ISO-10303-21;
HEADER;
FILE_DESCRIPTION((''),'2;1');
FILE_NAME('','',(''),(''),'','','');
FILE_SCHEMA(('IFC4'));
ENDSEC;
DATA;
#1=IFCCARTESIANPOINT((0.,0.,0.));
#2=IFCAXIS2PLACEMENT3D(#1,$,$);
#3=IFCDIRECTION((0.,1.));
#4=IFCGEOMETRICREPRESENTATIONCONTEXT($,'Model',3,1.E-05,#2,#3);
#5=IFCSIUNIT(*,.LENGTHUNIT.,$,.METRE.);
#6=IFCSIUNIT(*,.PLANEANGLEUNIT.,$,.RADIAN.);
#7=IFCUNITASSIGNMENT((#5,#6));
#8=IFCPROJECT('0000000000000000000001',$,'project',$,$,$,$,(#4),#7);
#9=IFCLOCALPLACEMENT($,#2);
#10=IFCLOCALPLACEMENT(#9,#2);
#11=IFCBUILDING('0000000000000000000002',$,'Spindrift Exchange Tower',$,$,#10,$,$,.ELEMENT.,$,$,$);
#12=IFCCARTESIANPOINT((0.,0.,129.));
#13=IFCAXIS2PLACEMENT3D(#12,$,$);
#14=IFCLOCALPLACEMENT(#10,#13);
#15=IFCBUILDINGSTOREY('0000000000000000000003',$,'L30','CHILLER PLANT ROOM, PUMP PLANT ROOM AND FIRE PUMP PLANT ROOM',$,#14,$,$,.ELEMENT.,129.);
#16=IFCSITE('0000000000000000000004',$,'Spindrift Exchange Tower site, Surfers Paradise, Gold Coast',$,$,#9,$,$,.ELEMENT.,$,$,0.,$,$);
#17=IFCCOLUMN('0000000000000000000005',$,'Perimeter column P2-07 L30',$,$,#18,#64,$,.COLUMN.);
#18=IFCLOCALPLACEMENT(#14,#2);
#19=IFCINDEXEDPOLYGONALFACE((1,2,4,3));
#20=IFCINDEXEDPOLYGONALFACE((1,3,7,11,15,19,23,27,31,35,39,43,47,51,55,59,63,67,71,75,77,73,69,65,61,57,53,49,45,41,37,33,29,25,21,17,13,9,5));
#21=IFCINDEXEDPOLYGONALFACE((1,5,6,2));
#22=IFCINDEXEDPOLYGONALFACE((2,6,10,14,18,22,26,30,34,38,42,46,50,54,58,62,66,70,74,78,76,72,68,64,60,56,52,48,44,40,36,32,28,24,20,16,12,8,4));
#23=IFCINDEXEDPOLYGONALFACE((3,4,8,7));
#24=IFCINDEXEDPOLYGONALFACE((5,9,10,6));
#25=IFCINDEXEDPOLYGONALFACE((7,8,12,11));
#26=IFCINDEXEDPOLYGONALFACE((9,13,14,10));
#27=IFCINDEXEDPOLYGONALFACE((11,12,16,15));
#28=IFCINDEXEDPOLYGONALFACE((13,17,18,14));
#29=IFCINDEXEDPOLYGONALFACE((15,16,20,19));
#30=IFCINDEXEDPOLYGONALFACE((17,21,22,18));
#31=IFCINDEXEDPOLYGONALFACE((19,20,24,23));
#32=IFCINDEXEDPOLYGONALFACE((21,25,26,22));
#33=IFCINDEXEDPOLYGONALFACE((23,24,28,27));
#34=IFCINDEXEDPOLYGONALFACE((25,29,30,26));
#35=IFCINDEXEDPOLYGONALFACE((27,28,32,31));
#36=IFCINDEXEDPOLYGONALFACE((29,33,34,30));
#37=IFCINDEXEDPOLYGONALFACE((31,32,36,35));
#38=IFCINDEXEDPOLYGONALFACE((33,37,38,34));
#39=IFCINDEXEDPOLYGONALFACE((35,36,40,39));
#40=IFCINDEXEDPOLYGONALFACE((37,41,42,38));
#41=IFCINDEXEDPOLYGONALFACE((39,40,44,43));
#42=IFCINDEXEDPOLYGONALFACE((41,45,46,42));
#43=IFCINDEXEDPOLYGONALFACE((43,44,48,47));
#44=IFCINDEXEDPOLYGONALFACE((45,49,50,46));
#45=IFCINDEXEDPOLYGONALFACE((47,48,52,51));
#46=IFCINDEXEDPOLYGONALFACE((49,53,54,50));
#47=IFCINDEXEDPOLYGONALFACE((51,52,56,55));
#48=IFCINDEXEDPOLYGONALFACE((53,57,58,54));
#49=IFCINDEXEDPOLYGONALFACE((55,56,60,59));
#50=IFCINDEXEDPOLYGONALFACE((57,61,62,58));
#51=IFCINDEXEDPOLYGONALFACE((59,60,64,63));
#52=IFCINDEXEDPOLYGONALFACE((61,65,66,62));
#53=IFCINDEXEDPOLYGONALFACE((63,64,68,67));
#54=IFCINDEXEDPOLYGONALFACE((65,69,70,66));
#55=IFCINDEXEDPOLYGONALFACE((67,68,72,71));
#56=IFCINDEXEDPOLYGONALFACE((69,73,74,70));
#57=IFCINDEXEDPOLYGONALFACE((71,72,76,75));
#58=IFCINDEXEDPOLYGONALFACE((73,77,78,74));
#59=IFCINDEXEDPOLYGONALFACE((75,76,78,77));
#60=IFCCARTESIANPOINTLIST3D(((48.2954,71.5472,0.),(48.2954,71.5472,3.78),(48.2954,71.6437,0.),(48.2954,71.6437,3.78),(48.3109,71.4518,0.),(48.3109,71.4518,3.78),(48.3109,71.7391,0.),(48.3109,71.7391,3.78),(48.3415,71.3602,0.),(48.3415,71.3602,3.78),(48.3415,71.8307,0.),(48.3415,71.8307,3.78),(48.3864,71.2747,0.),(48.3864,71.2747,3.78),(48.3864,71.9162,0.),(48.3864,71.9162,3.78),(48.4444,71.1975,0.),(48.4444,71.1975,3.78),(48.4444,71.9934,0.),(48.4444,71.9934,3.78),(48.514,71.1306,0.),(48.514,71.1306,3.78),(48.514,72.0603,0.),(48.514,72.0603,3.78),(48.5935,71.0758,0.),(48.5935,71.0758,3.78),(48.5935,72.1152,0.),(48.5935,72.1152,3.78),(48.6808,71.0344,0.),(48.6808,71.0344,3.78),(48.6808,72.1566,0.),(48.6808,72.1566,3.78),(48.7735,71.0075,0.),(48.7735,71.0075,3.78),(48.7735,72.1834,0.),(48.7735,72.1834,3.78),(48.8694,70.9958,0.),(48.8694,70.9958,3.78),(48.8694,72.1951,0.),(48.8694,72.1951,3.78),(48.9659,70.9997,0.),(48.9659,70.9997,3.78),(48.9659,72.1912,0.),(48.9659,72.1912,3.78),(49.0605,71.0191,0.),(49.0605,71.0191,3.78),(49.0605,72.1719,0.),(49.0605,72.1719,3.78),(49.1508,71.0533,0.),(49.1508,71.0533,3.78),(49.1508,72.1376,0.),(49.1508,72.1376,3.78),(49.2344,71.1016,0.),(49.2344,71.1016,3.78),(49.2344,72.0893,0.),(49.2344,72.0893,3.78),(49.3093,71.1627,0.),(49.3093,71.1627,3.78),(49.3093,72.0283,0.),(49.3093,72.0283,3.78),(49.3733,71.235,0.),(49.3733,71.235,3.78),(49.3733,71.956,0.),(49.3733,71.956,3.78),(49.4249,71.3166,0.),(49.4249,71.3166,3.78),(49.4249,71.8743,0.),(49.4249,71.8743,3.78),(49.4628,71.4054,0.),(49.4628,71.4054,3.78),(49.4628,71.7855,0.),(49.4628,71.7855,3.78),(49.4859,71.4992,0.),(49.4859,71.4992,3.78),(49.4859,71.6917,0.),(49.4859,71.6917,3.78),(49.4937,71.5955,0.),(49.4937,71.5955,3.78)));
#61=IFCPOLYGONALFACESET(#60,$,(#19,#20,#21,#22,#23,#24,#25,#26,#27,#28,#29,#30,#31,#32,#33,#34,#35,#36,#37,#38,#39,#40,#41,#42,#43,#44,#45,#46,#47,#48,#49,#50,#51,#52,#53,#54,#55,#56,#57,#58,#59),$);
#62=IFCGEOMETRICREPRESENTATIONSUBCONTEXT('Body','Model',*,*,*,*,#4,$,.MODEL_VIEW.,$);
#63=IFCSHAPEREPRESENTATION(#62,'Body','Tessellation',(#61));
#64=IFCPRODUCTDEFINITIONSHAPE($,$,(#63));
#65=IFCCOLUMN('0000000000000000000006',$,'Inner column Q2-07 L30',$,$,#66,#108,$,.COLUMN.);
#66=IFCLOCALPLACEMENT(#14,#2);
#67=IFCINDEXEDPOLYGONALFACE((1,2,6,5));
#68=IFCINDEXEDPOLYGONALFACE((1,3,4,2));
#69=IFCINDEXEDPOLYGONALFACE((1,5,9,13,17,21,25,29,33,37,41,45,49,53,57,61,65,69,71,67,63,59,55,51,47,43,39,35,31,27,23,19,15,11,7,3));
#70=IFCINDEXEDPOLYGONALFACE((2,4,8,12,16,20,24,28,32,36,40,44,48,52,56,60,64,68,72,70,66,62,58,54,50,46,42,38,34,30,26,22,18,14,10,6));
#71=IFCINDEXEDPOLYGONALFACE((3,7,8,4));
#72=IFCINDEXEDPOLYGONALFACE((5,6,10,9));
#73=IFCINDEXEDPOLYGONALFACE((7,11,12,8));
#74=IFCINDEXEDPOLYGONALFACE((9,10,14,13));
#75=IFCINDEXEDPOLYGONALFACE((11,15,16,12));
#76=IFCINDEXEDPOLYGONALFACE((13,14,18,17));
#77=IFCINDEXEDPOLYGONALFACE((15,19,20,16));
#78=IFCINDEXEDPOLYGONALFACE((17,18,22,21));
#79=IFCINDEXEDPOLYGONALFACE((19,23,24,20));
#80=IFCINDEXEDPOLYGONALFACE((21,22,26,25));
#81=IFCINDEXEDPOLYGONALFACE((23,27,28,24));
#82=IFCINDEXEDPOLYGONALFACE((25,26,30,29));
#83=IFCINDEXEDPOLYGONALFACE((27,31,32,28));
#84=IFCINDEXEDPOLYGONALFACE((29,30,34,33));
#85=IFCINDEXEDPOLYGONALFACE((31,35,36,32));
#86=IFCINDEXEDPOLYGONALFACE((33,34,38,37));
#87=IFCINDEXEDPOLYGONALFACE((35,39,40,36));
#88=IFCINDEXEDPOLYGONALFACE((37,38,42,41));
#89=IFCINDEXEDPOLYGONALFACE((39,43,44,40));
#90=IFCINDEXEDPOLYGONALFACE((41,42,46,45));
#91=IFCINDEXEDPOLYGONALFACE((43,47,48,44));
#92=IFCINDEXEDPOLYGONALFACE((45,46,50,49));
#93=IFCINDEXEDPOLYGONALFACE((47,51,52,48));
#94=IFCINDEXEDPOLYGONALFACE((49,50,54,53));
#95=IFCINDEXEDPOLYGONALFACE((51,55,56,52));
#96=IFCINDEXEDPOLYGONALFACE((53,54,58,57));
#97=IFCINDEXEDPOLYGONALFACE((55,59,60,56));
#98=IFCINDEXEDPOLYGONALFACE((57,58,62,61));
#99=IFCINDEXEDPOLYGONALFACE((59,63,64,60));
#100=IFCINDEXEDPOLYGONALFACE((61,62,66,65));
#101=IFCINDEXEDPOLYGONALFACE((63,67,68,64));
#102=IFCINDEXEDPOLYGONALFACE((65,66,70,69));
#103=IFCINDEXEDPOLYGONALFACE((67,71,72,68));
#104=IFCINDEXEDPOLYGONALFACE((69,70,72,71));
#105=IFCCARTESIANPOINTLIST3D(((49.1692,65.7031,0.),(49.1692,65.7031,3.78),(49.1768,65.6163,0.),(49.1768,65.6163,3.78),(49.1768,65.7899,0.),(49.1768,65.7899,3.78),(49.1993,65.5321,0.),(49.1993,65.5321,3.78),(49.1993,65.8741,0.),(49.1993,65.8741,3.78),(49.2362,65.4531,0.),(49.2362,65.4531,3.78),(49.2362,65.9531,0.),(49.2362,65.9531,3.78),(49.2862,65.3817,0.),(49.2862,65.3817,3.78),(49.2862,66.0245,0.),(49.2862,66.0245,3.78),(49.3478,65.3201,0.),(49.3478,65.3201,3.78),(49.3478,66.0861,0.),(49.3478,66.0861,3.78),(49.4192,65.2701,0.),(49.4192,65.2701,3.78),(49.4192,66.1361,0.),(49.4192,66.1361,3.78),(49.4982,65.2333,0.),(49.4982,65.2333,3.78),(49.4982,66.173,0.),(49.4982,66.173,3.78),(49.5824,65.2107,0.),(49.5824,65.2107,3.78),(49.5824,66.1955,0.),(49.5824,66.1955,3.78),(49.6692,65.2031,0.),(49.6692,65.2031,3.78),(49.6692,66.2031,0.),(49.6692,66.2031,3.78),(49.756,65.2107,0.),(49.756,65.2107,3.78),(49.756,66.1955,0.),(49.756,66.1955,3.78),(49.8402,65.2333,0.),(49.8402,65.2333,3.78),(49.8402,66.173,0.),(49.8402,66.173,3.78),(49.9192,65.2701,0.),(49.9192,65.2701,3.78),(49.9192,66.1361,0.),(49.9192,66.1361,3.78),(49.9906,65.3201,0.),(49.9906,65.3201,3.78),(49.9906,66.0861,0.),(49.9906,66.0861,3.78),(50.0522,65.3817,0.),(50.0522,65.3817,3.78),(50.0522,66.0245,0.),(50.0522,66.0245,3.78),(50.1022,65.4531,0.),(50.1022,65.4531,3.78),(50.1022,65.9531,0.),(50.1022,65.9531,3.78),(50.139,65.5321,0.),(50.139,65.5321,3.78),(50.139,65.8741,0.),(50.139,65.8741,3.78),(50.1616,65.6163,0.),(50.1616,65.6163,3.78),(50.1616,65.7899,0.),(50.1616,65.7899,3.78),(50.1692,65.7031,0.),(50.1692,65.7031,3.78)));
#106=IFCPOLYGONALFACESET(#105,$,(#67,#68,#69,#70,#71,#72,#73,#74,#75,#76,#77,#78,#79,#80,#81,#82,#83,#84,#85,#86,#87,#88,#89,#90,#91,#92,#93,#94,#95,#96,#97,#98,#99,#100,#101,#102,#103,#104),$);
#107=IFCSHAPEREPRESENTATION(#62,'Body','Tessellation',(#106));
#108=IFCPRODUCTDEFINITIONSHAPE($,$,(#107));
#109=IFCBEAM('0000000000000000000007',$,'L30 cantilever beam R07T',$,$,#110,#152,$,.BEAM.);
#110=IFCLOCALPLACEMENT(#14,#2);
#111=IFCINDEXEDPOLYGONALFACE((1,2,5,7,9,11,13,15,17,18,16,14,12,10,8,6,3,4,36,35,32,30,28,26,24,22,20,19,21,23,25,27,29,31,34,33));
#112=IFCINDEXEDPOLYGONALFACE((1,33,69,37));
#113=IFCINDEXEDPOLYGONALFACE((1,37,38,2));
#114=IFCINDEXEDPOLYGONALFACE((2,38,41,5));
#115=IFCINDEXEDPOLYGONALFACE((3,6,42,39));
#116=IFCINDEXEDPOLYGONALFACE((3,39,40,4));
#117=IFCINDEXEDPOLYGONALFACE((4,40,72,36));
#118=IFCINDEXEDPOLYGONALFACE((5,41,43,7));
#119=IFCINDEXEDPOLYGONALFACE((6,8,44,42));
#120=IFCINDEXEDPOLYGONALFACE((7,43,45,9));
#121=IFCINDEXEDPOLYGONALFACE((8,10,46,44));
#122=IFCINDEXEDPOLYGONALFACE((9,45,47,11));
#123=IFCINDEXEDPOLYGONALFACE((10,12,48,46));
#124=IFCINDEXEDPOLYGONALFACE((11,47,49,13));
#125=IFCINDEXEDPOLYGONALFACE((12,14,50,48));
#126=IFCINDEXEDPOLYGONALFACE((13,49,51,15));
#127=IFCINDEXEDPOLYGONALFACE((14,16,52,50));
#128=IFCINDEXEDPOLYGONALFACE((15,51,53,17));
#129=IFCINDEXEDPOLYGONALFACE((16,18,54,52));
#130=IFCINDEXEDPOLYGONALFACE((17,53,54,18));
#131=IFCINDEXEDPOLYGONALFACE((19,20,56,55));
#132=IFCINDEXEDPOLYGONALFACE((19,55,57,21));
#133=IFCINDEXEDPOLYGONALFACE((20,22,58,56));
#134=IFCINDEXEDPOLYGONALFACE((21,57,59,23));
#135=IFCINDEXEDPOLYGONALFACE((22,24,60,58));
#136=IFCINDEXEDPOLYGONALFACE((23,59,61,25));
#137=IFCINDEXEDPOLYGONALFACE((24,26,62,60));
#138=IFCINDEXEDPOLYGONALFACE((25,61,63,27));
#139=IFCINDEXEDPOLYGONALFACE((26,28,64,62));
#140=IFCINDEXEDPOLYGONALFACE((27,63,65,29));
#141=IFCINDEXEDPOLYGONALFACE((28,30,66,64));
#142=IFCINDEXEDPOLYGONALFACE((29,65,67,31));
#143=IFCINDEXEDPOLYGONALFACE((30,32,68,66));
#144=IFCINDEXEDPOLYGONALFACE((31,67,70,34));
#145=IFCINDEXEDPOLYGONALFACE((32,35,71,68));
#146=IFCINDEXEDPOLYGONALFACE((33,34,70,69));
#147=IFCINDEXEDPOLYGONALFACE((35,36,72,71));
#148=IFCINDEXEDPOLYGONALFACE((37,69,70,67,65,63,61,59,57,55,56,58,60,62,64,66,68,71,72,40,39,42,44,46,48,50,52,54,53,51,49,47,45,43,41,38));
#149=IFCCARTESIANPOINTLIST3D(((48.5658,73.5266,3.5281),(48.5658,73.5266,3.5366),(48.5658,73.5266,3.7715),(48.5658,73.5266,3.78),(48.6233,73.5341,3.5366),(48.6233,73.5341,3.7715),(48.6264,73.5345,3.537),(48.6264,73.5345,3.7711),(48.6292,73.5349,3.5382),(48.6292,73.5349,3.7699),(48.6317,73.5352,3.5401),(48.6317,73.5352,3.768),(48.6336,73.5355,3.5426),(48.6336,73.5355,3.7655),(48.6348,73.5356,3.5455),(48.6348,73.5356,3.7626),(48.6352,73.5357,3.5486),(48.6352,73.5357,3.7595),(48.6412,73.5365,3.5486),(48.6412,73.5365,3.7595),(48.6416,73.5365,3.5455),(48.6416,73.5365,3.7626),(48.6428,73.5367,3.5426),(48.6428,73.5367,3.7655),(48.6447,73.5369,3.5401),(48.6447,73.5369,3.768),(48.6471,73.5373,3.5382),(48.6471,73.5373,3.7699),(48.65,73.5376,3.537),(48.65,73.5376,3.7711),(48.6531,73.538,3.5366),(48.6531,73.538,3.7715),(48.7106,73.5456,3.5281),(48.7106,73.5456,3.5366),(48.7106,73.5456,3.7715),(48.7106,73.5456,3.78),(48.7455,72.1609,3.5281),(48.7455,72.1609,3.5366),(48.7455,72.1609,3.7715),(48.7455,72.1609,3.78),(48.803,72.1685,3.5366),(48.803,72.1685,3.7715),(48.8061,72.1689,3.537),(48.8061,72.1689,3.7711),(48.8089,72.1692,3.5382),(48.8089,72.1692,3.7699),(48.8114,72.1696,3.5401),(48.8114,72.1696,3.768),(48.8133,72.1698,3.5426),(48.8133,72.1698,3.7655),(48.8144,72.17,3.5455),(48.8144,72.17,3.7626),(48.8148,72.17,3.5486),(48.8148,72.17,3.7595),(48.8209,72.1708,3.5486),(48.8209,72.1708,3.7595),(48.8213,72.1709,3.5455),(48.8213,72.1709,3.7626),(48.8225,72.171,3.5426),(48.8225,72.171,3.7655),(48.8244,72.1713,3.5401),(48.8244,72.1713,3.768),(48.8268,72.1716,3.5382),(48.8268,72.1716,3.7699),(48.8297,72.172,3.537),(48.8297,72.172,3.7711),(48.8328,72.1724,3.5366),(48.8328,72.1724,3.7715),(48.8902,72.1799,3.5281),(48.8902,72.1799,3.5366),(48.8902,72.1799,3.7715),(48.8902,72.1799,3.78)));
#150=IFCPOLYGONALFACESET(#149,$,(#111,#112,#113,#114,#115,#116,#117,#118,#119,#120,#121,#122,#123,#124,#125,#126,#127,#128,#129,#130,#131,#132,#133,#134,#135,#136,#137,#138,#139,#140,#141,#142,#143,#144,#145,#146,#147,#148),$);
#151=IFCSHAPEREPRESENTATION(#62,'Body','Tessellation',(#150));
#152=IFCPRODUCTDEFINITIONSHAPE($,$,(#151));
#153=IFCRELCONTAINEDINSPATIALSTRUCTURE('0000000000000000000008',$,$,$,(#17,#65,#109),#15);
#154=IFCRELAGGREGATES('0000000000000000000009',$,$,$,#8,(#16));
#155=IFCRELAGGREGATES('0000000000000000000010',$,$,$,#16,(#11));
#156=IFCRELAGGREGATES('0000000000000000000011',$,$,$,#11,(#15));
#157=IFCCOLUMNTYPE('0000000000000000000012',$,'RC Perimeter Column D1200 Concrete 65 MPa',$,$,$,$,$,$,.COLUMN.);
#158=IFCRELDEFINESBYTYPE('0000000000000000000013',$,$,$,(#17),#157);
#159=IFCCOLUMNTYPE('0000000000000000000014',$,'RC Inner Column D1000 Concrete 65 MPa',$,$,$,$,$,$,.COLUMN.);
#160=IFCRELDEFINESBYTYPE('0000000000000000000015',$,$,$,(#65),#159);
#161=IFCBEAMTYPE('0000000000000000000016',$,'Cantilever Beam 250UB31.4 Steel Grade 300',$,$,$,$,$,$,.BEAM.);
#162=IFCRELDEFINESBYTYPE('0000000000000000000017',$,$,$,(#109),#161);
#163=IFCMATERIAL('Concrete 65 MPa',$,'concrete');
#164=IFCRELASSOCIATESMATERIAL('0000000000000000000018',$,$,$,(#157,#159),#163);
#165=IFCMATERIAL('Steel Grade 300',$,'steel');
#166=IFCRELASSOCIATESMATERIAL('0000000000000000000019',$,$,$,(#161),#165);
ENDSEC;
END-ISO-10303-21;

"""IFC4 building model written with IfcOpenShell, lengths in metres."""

from ifc_helpers import new_model, si_unit, direction, frame, origin, origin_2d, place, context, subcontext, project, spatial, circle, i_section, extrude, source, transform, mapped, material, material_profile, profile_set, type_object, element, save


model = new_model("IFC4")

# Units and contexts
model_context = context("Model", 3, precision=1e-05, world=origin(), true_north=direction((0.0, 1.0)))
body_context = subcontext(model_context, "Body", "Model", "MODEL_VIEW")
ifc_project = project(units=[si_unit("LENGTHUNIT", "METRE"), si_unit("PLANEANGLEUNIT", "RADIAN")], contexts=[model_context])

# Site, building, storey
site_placement = place(None, origin())
site = spatial("IfcSite", under=ifc_project, at=site_placement, Name="Spindrift Exchange Tower site, Surfers Paradise, Gold Coast", CompositionType="ELEMENT", RefElevation=0.0)
building_placement = place(site_placement, origin())
building = spatial("IfcBuilding", under=site, at=building_placement, Name="Spindrift Exchange Tower", CompositionType="ELEMENT")
storey_placement = place(building_placement, frame((0.0, 0.0, 129.0)))
storey = spatial("IfcBuildingStorey", under=building, at=storey_placement, Name="L30", Description="CHILLER PLANT ROOM, PUMP PLANT ROOM AND FIRE PUMP PLANT ROOM", CompositionType="ELEMENT", Elevation=129.0)

# Columns
ifc_material_1 = material(Name="Concrete 65 MPa", Category="concrete")
ifc_material_profile_1 = material_profile(ifc_material_1, circle(Radius=0.6001, at=origin_2d()), Name="RC D1200")
ifc_profile_set_1 = profile_set([ifc_material_profile_1], Name="Concrete 65 MPa")
column_type_1 = type_object("IfcColumnType", Name="RC Perimeter Column D1200 Concrete 65 MPa", PredefinedType="COLUMN", material=ifc_profile_set_1)
shared_shape_1 = source(origin(), body_context, "Body", "SweptSolid", [
    extrude(circle(Radius=0.6001, at=origin_2d()), origin(), (0.0, 0.0, 1.0), 3.78),
])
column_1_placement = place(storey_placement, frame((48.8936, 71.5955, 0.0), z_axis=(0.0, 0.0, 1.0), x_axis=(1.0, 0.0, 0.0)))
element("IfcColumn", 1, at=column_1_placement, inside=storey, type_object=column_type_1, Name="Perimeter column P2-07 L30", PredefinedType="COLUMN", context=body_context, shape_type="MappedRepresentation", body=[
    mapped(shared_shape_1, transform((0.0, 0.0, 0.0), scale=1.0)),
])
ifc_material_profile_2 = material_profile(ifc_material_1, circle(Radius=0.5, at=origin_2d()), Name="RC D1000")
ifc_profile_set_2 = profile_set([ifc_material_profile_2], Name="Concrete 65 MPa")
column_type_2 = type_object("IfcColumnType", Name="RC Inner Column D1000 Concrete 65 MPa", PredefinedType="COLUMN", material=ifc_profile_set_2)
shared_shape_2 = source(origin(), body_context, "Body", "SweptSolid", [
    extrude(circle(Radius=0.5, at=origin_2d()), origin(), (0.0, 0.0, 1.0), 3.78),
])
column_2_placement = place(storey_placement, frame((49.6692, 65.7031, 0.0), z_axis=(0.0, 0.0, 1.0), x_axis=(1.0, 0.0, 0.0)))
element("IfcColumn", 2, at=column_2_placement, inside=storey, type_object=column_type_2, Name="Inner column Q2-07 L30", PredefinedType="COLUMN", context=body_context, shape_type="MappedRepresentation", body=[
    mapped(shared_shape_2, transform((0.0, 0.0, 0.0), scale=1.0)),
])

# Beam
ifc_material_2 = material(Name="Steel Grade 300", Category="steel")
ifc_material_profile_3 = material_profile(ifc_material_2, i_section(OverallWidth=0.146, OverallDepth=0.252, WebThickness=0.0061, FlangeThickness=0.0085, FilletRadius=0.012, at=origin_2d()), Name="250UB31.4")
ifc_profile_set_3 = profile_set([ifc_material_profile_3], Name="Steel Grade 300")
beam_type_1 = type_object("IfcBeamType", Name="Cantilever Beam 250UB31.4 Steel Grade 300", PredefinedType="BEAM", material=ifc_profile_set_3)
shared_shape_3 = source(origin(), body_context, "Body", "SweptSolid", [
    extrude(i_section(OverallWidth=0.146, OverallDepth=0.252, WebThickness=0.0061, FlangeThickness=0.0085, FilletRadius=0.012, at=origin_2d()), origin(), (0.0, 0.0, 1.0), 1.3774),
])
beam_1_placement = place(storey_placement, frame((48.8179, 72.1704, 3.6541), z_axis=(-0.130445, 0.991456, 0.0), x_axis=(-0.991456, -0.130445, 0.0)))
element("IfcBeam", 3, at=beam_1_placement, inside=storey, type_object=beam_type_1, Name="L30 cantilever beam R07T", PredefinedType="BEAM", context=body_context, shape_type="MappedRepresentation", body=[
    mapped(shared_shape_3, transform((0.0, 0.0, 0.0), scale=1.0)),
])

save(model, "model.ifc")
